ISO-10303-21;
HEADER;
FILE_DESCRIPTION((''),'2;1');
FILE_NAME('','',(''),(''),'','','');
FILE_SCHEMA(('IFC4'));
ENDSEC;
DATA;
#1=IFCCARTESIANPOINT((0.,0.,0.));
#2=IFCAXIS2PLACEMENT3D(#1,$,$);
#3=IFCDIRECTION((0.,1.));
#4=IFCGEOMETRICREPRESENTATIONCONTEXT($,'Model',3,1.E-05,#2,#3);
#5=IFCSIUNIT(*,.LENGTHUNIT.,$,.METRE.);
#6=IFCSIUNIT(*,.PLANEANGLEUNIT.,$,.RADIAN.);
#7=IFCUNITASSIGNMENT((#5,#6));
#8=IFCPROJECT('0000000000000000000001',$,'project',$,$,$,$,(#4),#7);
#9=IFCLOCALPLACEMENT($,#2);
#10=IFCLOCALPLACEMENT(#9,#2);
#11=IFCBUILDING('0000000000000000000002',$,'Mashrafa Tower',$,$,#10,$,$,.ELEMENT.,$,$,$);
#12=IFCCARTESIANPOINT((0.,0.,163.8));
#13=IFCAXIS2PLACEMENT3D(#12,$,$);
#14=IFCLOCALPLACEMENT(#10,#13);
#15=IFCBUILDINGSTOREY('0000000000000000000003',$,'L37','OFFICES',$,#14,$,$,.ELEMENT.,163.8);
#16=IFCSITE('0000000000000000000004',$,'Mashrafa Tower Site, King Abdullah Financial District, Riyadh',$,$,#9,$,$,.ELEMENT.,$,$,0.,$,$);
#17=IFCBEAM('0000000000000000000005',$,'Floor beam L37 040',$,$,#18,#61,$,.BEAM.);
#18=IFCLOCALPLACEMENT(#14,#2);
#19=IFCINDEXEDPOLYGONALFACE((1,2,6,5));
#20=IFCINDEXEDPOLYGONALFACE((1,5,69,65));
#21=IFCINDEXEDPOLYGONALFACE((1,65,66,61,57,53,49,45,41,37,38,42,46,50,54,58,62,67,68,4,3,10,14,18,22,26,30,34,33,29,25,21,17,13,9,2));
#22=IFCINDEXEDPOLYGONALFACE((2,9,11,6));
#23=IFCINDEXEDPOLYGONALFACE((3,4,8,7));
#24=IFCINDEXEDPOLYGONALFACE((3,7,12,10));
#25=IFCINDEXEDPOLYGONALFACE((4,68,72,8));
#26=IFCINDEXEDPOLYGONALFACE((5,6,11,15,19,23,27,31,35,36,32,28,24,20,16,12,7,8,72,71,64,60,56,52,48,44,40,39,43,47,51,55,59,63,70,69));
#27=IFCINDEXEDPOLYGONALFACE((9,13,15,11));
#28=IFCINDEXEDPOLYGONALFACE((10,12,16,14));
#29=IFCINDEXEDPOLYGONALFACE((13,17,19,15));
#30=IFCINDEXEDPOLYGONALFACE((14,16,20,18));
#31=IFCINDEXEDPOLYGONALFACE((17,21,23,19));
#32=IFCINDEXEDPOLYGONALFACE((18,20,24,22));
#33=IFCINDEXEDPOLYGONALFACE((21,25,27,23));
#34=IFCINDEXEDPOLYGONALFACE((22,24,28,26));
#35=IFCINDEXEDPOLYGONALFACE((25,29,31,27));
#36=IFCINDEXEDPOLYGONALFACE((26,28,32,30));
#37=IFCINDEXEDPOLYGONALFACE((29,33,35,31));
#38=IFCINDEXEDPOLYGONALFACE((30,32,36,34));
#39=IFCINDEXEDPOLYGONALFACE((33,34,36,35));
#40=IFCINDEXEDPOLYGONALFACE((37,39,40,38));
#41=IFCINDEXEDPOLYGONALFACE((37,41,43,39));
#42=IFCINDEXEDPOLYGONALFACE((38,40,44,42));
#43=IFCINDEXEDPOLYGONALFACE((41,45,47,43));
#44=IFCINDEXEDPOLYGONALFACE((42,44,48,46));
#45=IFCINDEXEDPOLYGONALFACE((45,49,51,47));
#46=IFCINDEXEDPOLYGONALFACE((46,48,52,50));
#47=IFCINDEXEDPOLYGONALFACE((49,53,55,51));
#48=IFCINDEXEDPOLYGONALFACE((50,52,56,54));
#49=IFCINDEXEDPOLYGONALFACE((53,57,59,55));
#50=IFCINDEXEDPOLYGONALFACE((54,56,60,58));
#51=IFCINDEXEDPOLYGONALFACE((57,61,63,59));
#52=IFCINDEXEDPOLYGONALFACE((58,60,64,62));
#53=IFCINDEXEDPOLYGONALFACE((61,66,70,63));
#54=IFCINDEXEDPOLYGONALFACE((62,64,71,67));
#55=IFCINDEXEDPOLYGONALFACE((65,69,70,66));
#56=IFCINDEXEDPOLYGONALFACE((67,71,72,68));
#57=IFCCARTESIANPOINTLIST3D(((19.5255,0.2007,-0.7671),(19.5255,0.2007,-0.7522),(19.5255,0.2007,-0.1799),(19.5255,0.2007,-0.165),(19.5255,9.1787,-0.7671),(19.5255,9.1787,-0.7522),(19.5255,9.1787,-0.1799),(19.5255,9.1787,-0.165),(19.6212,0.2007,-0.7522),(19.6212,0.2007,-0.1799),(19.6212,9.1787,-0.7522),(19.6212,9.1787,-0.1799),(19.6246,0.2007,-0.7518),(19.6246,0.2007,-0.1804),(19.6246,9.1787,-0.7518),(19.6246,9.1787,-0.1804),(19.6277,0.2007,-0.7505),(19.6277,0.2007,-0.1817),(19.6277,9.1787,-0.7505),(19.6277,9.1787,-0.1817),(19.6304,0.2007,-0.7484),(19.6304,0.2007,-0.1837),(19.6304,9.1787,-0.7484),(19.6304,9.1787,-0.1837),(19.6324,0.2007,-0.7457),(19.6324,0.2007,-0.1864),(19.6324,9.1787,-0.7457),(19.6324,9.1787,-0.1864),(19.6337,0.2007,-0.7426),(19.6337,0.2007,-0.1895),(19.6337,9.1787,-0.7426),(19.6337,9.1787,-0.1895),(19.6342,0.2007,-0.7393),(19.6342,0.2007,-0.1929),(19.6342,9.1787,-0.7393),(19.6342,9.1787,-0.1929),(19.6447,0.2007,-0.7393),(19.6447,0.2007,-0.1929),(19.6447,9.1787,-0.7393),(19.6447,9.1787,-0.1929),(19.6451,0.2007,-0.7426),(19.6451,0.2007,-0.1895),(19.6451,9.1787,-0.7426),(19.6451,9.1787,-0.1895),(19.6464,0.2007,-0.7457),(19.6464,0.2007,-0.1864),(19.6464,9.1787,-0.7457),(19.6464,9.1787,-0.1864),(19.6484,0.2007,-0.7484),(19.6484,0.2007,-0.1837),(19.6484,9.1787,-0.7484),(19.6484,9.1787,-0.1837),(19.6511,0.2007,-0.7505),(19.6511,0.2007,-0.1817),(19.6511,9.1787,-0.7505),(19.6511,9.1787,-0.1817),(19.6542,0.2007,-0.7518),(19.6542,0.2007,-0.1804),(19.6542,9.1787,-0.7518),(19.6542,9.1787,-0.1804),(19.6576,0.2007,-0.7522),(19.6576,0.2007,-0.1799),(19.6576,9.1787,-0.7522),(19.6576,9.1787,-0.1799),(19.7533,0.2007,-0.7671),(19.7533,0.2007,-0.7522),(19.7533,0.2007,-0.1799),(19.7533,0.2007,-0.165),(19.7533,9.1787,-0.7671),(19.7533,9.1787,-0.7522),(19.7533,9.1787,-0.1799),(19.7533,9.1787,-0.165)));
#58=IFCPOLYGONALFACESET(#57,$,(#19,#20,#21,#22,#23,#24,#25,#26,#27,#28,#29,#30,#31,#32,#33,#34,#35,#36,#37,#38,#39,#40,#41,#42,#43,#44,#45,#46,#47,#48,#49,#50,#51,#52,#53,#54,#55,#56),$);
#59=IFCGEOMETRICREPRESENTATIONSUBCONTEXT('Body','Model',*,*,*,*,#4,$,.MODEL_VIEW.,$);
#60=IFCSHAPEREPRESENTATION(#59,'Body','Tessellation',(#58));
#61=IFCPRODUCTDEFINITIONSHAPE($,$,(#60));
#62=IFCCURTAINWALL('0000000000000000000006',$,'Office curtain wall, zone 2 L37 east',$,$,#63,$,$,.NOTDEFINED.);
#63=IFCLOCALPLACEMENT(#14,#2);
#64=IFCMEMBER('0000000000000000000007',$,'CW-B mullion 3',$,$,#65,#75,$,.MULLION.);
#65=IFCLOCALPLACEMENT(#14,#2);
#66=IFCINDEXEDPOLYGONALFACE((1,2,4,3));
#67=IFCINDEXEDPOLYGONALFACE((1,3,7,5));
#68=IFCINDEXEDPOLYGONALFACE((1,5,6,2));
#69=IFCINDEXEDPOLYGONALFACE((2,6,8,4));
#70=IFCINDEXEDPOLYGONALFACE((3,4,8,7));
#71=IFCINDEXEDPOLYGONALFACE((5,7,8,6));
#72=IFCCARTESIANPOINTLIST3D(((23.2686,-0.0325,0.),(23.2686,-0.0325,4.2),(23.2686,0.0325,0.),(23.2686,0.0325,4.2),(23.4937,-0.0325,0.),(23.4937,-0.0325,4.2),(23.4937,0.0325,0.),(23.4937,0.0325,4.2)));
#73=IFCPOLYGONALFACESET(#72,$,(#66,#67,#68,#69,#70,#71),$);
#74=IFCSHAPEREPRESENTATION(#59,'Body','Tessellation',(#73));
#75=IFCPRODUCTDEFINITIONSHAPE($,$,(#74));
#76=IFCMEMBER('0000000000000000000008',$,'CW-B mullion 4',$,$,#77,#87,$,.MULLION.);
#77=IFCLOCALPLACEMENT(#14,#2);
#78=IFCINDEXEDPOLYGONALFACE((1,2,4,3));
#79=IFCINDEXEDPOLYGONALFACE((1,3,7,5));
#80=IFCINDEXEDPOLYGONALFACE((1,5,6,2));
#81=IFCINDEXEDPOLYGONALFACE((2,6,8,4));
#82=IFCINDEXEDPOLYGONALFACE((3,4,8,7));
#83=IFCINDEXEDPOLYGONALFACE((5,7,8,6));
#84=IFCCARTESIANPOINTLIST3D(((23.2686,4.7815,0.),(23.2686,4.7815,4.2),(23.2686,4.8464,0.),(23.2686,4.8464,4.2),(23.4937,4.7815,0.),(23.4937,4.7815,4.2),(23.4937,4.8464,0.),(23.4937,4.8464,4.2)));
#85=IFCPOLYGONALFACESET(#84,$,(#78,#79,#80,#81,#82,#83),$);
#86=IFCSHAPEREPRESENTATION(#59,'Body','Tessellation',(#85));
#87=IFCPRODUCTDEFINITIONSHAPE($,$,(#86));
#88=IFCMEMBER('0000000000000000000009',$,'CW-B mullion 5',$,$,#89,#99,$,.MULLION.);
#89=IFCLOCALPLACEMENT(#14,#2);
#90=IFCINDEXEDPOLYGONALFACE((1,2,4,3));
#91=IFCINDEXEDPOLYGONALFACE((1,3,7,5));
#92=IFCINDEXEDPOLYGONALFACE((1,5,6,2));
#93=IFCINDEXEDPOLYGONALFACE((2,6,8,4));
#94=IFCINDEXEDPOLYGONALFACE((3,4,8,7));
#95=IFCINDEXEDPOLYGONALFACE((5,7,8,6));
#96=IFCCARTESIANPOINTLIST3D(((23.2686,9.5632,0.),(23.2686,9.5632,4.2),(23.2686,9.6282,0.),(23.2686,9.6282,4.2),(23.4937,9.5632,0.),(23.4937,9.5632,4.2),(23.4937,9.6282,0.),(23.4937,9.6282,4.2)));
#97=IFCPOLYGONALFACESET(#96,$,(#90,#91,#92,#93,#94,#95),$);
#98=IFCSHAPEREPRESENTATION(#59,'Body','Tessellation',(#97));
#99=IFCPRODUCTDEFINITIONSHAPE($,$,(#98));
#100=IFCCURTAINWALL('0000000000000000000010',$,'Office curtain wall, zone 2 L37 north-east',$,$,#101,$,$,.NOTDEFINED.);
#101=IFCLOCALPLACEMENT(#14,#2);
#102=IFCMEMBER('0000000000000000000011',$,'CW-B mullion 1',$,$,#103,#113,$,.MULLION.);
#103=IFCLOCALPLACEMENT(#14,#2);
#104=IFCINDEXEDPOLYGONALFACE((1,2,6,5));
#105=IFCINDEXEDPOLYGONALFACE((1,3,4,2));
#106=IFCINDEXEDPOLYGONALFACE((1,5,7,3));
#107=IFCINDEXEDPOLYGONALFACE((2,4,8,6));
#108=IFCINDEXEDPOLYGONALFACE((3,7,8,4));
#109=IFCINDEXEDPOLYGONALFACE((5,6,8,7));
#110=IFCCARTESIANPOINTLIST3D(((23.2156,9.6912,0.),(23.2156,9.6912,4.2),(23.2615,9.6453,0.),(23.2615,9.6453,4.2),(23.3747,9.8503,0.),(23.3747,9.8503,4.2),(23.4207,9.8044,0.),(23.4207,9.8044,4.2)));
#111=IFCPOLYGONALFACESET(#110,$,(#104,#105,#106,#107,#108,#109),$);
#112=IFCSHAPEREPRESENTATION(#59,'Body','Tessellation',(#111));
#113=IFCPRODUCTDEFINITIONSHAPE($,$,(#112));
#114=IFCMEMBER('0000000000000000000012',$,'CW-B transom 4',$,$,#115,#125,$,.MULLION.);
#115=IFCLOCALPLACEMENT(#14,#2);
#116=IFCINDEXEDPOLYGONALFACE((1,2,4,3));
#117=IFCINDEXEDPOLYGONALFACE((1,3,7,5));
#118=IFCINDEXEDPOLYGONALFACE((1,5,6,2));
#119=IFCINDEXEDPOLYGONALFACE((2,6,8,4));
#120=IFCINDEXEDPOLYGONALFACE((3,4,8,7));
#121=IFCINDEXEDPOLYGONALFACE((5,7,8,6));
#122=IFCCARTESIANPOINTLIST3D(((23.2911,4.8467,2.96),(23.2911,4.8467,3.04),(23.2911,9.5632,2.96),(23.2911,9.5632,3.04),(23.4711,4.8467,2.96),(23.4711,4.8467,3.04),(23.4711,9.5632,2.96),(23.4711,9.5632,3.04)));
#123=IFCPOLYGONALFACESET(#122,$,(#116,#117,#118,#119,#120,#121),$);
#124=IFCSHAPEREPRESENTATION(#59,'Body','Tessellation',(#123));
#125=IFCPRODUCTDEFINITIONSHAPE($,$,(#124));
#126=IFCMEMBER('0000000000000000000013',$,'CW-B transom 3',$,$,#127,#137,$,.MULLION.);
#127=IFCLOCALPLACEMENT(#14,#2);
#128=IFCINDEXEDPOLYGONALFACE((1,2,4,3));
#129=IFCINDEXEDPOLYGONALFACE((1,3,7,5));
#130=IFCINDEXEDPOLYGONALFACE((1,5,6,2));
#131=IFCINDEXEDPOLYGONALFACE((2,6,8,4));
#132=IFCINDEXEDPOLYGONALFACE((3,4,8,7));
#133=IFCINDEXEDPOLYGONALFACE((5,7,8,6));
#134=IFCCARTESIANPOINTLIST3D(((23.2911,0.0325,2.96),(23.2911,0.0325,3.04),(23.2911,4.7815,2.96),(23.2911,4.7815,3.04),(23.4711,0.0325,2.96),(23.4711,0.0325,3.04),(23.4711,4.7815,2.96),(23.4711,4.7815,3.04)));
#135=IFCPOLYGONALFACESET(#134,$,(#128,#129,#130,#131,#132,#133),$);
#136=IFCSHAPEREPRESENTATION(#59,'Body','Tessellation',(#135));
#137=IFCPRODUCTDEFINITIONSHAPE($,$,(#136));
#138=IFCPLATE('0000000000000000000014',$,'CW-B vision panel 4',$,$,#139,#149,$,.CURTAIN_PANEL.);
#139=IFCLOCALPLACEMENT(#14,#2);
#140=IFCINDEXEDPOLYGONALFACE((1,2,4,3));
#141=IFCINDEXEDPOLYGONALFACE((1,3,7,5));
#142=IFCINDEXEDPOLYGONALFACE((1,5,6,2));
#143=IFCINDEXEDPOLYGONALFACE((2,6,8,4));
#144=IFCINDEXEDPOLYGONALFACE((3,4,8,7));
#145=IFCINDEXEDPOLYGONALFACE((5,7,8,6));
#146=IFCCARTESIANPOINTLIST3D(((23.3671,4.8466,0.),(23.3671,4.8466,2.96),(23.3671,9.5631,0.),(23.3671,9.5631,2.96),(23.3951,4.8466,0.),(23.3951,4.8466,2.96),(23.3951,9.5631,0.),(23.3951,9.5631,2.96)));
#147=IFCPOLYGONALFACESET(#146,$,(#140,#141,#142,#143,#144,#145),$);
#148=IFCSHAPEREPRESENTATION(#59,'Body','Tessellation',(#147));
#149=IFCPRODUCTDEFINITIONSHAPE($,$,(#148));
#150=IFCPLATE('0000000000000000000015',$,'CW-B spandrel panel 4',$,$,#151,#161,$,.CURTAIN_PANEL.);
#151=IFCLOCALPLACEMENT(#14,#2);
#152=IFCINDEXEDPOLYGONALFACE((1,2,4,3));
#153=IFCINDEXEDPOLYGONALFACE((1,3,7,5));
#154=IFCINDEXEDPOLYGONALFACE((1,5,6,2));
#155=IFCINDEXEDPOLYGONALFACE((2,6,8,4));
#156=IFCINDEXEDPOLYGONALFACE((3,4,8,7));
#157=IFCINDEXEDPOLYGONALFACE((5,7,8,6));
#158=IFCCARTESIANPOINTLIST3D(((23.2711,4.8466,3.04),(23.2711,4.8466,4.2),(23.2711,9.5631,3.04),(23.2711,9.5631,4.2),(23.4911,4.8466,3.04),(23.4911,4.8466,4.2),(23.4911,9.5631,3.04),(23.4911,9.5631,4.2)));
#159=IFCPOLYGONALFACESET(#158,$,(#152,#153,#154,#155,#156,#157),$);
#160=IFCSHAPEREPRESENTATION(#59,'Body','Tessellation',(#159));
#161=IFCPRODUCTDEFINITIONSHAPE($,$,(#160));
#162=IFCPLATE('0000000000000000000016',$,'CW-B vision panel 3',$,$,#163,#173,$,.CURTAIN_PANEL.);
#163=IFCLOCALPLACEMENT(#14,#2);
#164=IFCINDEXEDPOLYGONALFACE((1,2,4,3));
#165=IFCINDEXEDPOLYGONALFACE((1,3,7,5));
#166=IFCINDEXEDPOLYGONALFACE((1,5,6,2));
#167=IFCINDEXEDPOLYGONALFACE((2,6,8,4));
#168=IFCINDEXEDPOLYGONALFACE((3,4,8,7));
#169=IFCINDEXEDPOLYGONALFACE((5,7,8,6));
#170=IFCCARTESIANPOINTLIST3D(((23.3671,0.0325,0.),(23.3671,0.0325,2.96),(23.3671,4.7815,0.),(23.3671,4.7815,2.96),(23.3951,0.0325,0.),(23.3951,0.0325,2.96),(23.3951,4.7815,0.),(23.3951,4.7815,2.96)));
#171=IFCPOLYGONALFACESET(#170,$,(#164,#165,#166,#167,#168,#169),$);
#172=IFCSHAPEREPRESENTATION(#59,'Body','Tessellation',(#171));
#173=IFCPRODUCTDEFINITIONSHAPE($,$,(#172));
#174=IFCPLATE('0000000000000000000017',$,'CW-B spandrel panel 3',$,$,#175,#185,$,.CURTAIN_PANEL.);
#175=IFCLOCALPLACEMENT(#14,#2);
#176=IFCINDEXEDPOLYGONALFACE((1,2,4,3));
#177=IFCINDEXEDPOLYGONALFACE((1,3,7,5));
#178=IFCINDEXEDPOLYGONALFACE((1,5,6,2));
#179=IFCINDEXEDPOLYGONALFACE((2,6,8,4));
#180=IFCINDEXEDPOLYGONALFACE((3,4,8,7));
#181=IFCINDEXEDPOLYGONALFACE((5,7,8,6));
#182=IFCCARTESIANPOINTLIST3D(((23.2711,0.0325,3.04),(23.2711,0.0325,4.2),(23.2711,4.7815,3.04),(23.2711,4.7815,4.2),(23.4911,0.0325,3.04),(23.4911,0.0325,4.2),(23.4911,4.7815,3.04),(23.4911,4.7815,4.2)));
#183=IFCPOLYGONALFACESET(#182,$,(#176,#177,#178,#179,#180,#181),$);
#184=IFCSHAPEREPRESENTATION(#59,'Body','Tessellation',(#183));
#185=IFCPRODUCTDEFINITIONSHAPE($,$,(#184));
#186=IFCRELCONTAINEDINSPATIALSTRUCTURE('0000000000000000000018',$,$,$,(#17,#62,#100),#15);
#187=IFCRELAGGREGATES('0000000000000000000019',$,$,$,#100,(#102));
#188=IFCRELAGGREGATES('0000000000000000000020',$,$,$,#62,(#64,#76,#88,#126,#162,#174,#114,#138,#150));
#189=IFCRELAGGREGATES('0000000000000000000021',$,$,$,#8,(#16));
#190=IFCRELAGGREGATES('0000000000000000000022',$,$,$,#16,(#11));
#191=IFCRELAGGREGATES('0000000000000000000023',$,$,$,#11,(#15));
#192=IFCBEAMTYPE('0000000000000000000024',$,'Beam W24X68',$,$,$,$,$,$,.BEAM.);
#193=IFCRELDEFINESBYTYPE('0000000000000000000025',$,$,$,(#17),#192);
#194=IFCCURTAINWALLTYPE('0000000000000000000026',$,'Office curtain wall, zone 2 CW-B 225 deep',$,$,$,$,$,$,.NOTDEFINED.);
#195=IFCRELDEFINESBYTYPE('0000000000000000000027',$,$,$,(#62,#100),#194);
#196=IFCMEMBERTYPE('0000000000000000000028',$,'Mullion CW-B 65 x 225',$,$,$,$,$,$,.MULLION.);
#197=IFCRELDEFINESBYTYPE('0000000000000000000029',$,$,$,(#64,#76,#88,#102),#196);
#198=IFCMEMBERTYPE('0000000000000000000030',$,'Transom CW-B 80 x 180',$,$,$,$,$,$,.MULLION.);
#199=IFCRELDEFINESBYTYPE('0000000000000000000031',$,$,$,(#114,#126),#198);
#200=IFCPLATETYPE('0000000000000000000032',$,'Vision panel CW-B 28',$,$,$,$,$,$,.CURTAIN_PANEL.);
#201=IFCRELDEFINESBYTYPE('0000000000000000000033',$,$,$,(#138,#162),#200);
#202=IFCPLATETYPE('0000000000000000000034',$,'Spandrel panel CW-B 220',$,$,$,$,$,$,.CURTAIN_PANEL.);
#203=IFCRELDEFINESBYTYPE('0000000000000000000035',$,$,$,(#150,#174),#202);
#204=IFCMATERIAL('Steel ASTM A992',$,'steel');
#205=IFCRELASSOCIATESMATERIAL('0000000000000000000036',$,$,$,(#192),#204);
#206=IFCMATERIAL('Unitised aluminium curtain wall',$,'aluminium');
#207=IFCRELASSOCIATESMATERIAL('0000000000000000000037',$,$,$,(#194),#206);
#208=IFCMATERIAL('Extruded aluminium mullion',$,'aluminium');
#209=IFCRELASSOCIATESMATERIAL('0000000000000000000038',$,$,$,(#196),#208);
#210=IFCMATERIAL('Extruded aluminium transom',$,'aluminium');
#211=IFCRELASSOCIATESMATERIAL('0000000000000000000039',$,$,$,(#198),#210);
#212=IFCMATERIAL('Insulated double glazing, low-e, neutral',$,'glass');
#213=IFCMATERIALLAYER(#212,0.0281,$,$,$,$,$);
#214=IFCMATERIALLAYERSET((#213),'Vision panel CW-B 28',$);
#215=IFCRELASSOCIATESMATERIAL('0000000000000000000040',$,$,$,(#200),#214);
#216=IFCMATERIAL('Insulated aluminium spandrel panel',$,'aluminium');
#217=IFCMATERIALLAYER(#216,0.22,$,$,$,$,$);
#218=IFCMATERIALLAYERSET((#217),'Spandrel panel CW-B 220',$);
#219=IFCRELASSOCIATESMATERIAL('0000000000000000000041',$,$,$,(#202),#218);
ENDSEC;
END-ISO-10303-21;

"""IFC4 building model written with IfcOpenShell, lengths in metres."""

from ifc_helpers import new_model, si_unit, direction, frame, origin, origin_2d, place, context, subcontext, project, spatial, rectangle, i_section, extrude, source, transform, mapped, material, layer, layer_set, material_profile, profile_set, type_object, type_shapes, element, aggregate, save


model = new_model("IFC4")

# Units and contexts
model_context = context("Model", 3, precision=1e-05, world=origin(), true_north=direction((0.0, 1.0)))
body_context = subcontext(model_context, "Body", "Model", "MODEL_VIEW")
ifc_project = project(units=[si_unit("LENGTHUNIT", "METRE"), si_unit("PLANEANGLEUNIT", "RADIAN")], contexts=[model_context])

# Site, building, storey
site_placement = place(None, origin())
site = spatial("IfcSite", under=ifc_project, at=site_placement, Name="Mashrafa Tower Site, King Abdullah Financial District, Riyadh", CompositionType="ELEMENT", RefElevation=0.0)
building_placement = place(site_placement, origin())
building = spatial("IfcBuilding", under=site, at=building_placement, Name="Mashrafa Tower", CompositionType="ELEMENT")
storey_placement = place(building_placement, frame((0.0, 0.0, 163.8)))
storey = spatial("IfcBuildingStorey", under=building, at=storey_placement, Name="L37", Description="OFFICES", CompositionType="ELEMENT", Elevation=163.8)

# Beam
ifc_material_1 = material(Name="Steel ASTM A992", Category="steel")
ifc_material_profile_1 = material_profile(ifc_material_1, i_section(OverallWidth=0.2278, OverallDepth=0.6021, WebThickness=0.0105, FlangeThickness=0.0149, FilletRadius=0.0129, at=origin_2d()), Name="W24X68")
ifc_profile_set_1 = profile_set([ifc_material_profile_1], Name="Steel ASTM A992")
beam_type_1 = type_object("IfcBeamType", Name="Beam W24X68", PredefinedType="BEAM", material=ifc_profile_set_1)
beam_1_placement = place(storey_placement, frame((19.6394, 9.1787, -0.4661), z_axis=(0.0, -1.0, 0.0), x_axis=(1.0, 0.0, 0.0)))
element("IfcBeam", 1, at=beam_1_placement, inside=storey, type_object=beam_type_1, Name="Floor beam L37 040", PredefinedType="BEAM", context=body_context, shape_type="SweptSolid", body=[
    extrude(i_section(OverallWidth=0.2278, OverallDepth=0.6021, WebThickness=0.0105, FlangeThickness=0.0149, FilletRadius=0.0129, at=origin_2d()), origin(), (0.0, 0.0, 1.0), 8.978),
])

# Curtain wall, members
ifc_material_2 = material(Name="Unitised aluminium curtain wall", Category="aluminium")
curtain_wall_type = type_object("IfcCurtainWallType", Name="Office curtain wall, zone 2 CW-B 225 deep", PredefinedType="NOTDEFINED", material=ifc_material_2)
curtain_wall_1_placement = place(storey_placement, origin())
curtain_wall_1 = element("IfcCurtainWall", 2, at=curtain_wall_1_placement, inside=storey, type_object=curtain_wall_type, Name="Office curtain wall, zone 2 L37 east", PredefinedType="NOTDEFINED")
ifc_material_3 = material(Name="Extruded aluminium mullion", Category="aluminium")
ifc_material_profile_2 = material_profile(ifc_material_3, rectangle(XDim=0.2251, YDim=0.0649, at=origin_2d()), Name="Mullion 65x225")
ifc_profile_set_2 = profile_set([ifc_material_profile_2], Name="Extruded aluminium mullion")
member_type_1 = type_object("IfcMemberType", Name="Mullion CW-B 65 x 225", PredefinedType="MULLION", material=ifc_profile_set_2)
shared_shape_1 = source(origin(), body_context, "Body", "SweptSolid", [
    extrude(rectangle(XDim=0.2251, YDim=0.0649, at=origin_2d()), origin(), (0.0, 0.0, 1.0), 4.2),
])
type_shapes(member_type_1, [shared_shape_1])
member_1_placement = place(storey_placement, frame((23.3811, 0.0, 0.0), z_axis=(0.0, 0.0, 1.0), x_axis=(-1.0, 0.0, 0.0)))
member_1 = element("IfcMember", 3, at=member_1_placement, type_object=member_type_1, Name="CW-B mullion 3", PredefinedType="MULLION", context=body_context, shape_type="MappedRepresentation", body=[
    mapped(shared_shape_1, transform((0.0, 0.0, 0.0))),
])
member_2_placement = place(storey_placement, frame((23.3811, 4.814, 0.0), z_axis=(0.0, 0.0, 1.0), x_axis=(-1.0, 0.0, 0.0)))
member_2 = element("IfcMember", 4, at=member_2_placement, type_object=member_type_1, Name="CW-B mullion 4", PredefinedType="MULLION", context=body_context, shape_type="MappedRepresentation", body=[
    mapped(shared_shape_1, transform((0.0, 0.0, 0.0))),
])
member_3_placement = place(storey_placement, frame((23.3811, 9.5957, 0.0), z_axis=(0.0, 0.0, 1.0), x_axis=(-1.0, 0.0, 0.0)))
member_3 = element("IfcMember", 5, at=member_3_placement, type_object=member_type_1, Name="CW-B mullion 5", PredefinedType="MULLION", context=body_context, shape_type="MappedRepresentation", body=[
    mapped(shared_shape_1, transform((0.0, 0.0, 0.0))),
])

# Curtain wall, member
curtain_wall_2_placement = place(storey_placement, origin())
curtain_wall_2 = element("IfcCurtainWall", 6, at=curtain_wall_2_placement, inside=storey, type_object=curtain_wall_type, Name="Office curtain wall, zone 2 L37 north-east", PredefinedType="NOTDEFINED")
member_4_placement = place(storey_placement, frame((23.3181, 9.7478, 0.0), z_axis=(0.0, 0.0, 1.0), x_axis=(-0.707107, -0.707107, 0.0)))
member_4 = element("IfcMember", 7, at=member_4_placement, type_object=member_type_1, Name="CW-B mullion 1", PredefinedType="MULLION", context=body_context, shape_type="MappedRepresentation", body=[
    mapped(shared_shape_1, transform((0.0, 0.0, 0.0))),
])
aggregate(curtain_wall_2, [member_4])

# Members
ifc_material_4 = material(Name="Extruded aluminium transom", Category="aluminium")
ifc_material_profile_3 = material_profile(ifc_material_4, rectangle(XDim=0.1799, YDim=0.0801, at=origin_2d()), Name="Transom 80x180")
ifc_profile_set_3 = profile_set([ifc_material_profile_3], Name="Extruded aluminium transom")
member_type_2 = type_object("IfcMemberType", Name="Transom CW-B 80 x 180", PredefinedType="MULLION", material=ifc_profile_set_3)
shared_shape_2 = source(origin(), body_context, "Body", "SweptSolid", [
    extrude(rectangle(XDim=0.1799, YDim=0.0801, at=origin_2d()), origin(), (0.0, 0.0, 1.0), 4.7166),
])
member_5_placement = place(storey_placement, frame((23.3811, 4.8467, 3.0), z_axis=(0.0, 1.0, 0.0), x_axis=(-1.0, 0.0, 0.0)))
member_5 = element("IfcMember", 8, at=member_5_placement, type_object=member_type_2, Name="CW-B transom 4", PredefinedType="MULLION", context=body_context, shape_type="MappedRepresentation", body=[
    mapped(shared_shape_2, transform((0.0, 0.0, 0.0))),
])
shared_shape_3 = source(origin(), body_context, "Body", "SweptSolid", [
    extrude(rectangle(XDim=0.1799, YDim=0.0801, at=origin_2d()), origin(), (0.0, 0.0, 1.0), 4.749),
])
type_shapes(member_type_2, [shared_shape_2, shared_shape_3])
member_6_placement = place(storey_placement, frame((23.3811, 0.0325, 3.0), z_axis=(0.0, 1.0, 0.0), x_axis=(-1.0, 0.0, 0.0)))
member_6 = element("IfcMember", 9, at=member_6_placement, type_object=member_type_2, Name="CW-B transom 3", PredefinedType="MULLION", context=body_context, shape_type="MappedRepresentation", body=[
    mapped(shared_shape_3, transform((0.0, 0.0, 0.0))),
])

# Plates
ifc_material_5 = material(Name="Insulated double glazing, low-e, neutral", Category="glass")
ifc_layer_1 = layer(ifc_material_5, 0.0281)
ifc_layer_set_1 = layer_set([ifc_layer_1], Name="Vision panel CW-B 28")
plate_type_1 = type_object("IfcPlateType", Name="Vision panel CW-B 28", PredefinedType="CURTAIN_PANEL", material=ifc_layer_set_1)
shared_shape_4 = source(origin(), body_context, "Body", "SweptSolid", [
    extrude(rectangle(XDim=4.7166, YDim=0.0281, at=origin_2d()), origin(), (0.0, 0.0, 1.0), 2.96),
])
plate_1_placement = place(storey_placement, frame((23.3811, 7.2048, 0.0), z_axis=(0.0, 0.0, 1.0), x_axis=(0.0, 1.0, 0.0)))
plate_1 = element("IfcPlate", 10, at=plate_1_placement, type_object=plate_type_1, Name="CW-B vision panel 4", PredefinedType="CURTAIN_PANEL", context=body_context, shape_type="MappedRepresentation", body=[
    mapped(shared_shape_4, transform((0.0, 0.0, 0.0))),
])
ifc_material_6 = material(Name="Insulated aluminium spandrel panel", Category="aluminium")
ifc_layer_2 = layer(ifc_material_6, 0.22)
ifc_layer_set_2 = layer_set([ifc_layer_2], Name="Spandrel panel CW-B 220")
plate_type_2 = type_object("IfcPlateType", Name="Spandrel panel CW-B 220", PredefinedType="CURTAIN_PANEL", material=ifc_layer_set_2)
shared_shape_5 = source(origin(), body_context, "Body", "SweptSolid", [
    extrude(rectangle(XDim=4.7166, YDim=0.22, at=origin_2d()), origin(), (0.0, 0.0, 1.0), 1.1599),
])
plate_2_placement = place(storey_placement, frame((23.3811, 7.2048, 3.04), z_axis=(0.0, 0.0, 1.0), x_axis=(0.0, 1.0, 0.0)))
plate_2 = element("IfcPlate", 11, at=plate_2_placement, type_object=plate_type_2, Name="CW-B spandrel panel 4", PredefinedType="CURTAIN_PANEL", context=body_context, shape_type="MappedRepresentation", body=[
    mapped(shared_shape_5, transform((0.0, 0.0, 0.0))),
])
shared_shape_6 = source(origin(), body_context, "Body", "SweptSolid", [
    extrude(rectangle(XDim=4.749, YDim=0.0281, at=origin_2d()), origin(), (0.0, 0.0, 1.0), 2.96),
])
type_shapes(plate_type_1, [shared_shape_4, shared_shape_6])
plate_3_placement = place(storey_placement, frame((23.3811, 2.407, 0.0), z_axis=(0.0, 0.0, 1.0), x_axis=(0.0, 1.0, 0.0)))
plate_3 = element("IfcPlate", 12, at=plate_3_placement, type_object=plate_type_1, Name="CW-B vision panel 3", PredefinedType="CURTAIN_PANEL", context=body_context, shape_type="MappedRepresentation", body=[
    mapped(shared_shape_6, transform((0.0, 0.0, 0.0))),
])
shared_shape_7 = source(origin(), body_context, "Body", "SweptSolid", [
    extrude(rectangle(XDim=4.749, YDim=0.22, at=origin_2d()), origin(), (0.0, 0.0, 1.0), 1.1599),
])
type_shapes(plate_type_2, [shared_shape_5, shared_shape_7])
plate_4_placement = place(storey_placement, frame((23.3811, 2.407, 3.04), z_axis=(0.0, 0.0, 1.0), x_axis=(0.0, 1.0, 0.0)))
plate_4 = element("IfcPlate", 13, at=plate_4_placement, type_object=plate_type_2, Name="CW-B spandrel panel 3", PredefinedType="CURTAIN_PANEL", context=body_context, shape_type="MappedRepresentation", body=[
    mapped(shared_shape_7, transform((0.0, 0.0, 0.0))),
])
aggregate(curtain_wall_1, [member_1, member_2, member_3, member_6, plate_3, plate_4, member_5, plate_1, plate_2])

save(model, "model.ifc")
